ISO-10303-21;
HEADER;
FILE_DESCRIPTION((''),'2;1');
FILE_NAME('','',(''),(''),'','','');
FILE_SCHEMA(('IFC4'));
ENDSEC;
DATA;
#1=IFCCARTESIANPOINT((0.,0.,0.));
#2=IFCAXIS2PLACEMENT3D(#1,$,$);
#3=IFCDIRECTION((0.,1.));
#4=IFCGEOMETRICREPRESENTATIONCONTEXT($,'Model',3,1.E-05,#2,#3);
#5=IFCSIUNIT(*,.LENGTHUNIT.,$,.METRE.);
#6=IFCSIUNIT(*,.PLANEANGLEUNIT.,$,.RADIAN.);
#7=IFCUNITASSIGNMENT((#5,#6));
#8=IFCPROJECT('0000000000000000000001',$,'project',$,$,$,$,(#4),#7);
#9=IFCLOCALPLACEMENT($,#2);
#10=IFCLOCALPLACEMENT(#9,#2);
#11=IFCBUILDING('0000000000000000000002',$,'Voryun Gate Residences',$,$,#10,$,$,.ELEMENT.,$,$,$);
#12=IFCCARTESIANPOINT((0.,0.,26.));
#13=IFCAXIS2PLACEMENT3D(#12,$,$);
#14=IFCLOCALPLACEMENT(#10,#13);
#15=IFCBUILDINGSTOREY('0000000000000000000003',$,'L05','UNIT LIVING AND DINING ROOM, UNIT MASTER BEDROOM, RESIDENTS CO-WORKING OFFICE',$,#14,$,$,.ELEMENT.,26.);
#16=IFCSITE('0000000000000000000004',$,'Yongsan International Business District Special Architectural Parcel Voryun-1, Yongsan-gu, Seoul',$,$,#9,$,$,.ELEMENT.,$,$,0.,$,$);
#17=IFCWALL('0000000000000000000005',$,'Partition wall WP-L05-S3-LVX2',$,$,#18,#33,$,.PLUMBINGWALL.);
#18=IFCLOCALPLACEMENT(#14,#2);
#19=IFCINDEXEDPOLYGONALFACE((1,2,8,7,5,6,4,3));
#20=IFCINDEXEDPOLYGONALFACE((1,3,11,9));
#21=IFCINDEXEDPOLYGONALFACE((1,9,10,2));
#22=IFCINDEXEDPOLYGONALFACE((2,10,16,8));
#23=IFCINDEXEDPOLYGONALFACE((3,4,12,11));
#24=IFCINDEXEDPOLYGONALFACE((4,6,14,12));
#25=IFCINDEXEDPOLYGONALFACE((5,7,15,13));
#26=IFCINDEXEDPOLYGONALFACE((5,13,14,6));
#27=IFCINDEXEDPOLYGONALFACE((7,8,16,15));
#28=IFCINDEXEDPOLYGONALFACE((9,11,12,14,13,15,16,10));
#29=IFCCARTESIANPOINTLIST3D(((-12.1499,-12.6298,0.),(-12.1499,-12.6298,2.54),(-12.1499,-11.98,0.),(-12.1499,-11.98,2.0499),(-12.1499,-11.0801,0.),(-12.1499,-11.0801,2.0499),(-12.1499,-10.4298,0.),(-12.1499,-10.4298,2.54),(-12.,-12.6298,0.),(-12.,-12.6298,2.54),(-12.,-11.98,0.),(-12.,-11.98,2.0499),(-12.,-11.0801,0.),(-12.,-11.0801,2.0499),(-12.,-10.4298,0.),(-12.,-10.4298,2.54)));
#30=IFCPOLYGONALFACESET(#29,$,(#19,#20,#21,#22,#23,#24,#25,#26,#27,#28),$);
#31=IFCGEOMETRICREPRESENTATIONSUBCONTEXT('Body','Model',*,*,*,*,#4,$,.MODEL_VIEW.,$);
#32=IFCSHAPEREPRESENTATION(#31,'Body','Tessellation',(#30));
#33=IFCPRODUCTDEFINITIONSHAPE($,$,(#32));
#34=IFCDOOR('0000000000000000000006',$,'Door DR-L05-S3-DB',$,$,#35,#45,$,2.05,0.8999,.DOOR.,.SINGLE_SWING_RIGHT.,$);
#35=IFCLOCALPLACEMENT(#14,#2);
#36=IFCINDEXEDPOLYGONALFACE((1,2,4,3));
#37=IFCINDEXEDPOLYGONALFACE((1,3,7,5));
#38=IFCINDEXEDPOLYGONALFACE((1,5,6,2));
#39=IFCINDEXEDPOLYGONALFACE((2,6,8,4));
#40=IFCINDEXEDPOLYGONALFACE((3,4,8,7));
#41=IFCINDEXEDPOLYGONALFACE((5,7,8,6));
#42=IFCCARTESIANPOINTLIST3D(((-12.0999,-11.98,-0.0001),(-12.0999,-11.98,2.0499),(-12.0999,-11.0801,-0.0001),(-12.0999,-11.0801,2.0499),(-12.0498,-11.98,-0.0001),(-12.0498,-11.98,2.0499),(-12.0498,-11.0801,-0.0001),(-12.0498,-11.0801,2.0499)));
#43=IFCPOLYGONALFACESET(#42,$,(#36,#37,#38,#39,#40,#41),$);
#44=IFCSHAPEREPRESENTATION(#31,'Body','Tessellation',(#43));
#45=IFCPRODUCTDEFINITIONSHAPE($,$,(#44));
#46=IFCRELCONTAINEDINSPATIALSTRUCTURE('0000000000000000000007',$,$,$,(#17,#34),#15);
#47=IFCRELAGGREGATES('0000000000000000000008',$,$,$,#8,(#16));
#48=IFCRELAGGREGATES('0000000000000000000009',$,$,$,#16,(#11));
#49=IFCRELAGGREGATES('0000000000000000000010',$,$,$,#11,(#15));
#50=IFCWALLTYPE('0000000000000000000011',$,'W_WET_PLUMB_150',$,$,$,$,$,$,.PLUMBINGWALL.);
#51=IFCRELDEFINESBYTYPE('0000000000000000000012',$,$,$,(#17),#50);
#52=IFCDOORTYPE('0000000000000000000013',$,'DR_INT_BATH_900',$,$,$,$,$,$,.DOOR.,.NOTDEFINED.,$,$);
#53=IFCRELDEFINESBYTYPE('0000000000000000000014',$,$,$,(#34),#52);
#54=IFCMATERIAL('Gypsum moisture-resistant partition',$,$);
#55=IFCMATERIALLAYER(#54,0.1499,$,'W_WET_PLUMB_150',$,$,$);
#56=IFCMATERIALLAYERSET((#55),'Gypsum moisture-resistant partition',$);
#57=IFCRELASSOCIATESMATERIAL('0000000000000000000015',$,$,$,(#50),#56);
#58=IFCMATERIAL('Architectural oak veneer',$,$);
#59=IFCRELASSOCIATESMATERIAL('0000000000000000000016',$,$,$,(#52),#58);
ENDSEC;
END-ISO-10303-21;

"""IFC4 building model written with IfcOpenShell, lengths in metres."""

from ifc_helpers import new_model, si_unit, direction, frame, frame_2d, origin, place, context, subcontext, project, spatial, rectangle, extrude, material, layer, layer_set, type_object, element, fill, save


model = new_model("IFC4")

# Units and contexts
model_context = context("Model", 3, precision=1e-05, world=origin(), true_north=direction((0.0, 1.0)))
body_context = subcontext(model_context, "Body", "Model", "MODEL_VIEW")
ifc_project = project(units=[si_unit("LENGTHUNIT", "METRE"), si_unit("PLANEANGLEUNIT", "RADIAN")], contexts=[model_context])

# Site, building, storey
site_placement = place(None, origin())
site = spatial("IfcSite", under=ifc_project, at=site_placement, Name="Yongsan International Business District Special Architectural Parcel Voryun-1, Yongsan-gu, Seoul", CompositionType="ELEMENT", RefElevation=0.0)
building_placement = place(site_placement, origin())
building = spatial("IfcBuilding", under=site, at=building_placement, Name="Voryun Gate Residences", CompositionType="ELEMENT")
storey_placement = place(building_placement, frame((0.0, 0.0, 26.0)))
storey = spatial("IfcBuildingStorey", under=building, at=storey_placement, Name="L05", Description="UNIT LIVING AND DINING ROOM, UNIT MASTER BEDROOM, RESIDENTS CO-WORKING OFFICE", CompositionType="ELEMENT", Elevation=26.0)

# Shared definitions
ifc_material_1 = material(Name="Gypsum moisture-resistant partition")
ifc_layer_1 = layer(ifc_material_1, 0.1499, Name="W_WET_PLUMB_150")
ifc_layer_set_1 = layer_set([ifc_layer_1], Name="Gypsum moisture-resistant partition")
wall_type_1 = type_object("IfcWallType", Name="W_WET_PLUMB_150", PredefinedType="PLUMBINGWALL", material=ifc_layer_set_1)

# Wall, opening, door
wall_1_placement = place(storey_placement, frame((-12.075, -12.6299, 0.0), z_axis=(0.0, 0.0, 1.0), x_axis=(0.0, 1.0, 0.0)))
wall_1 = element("IfcWall", 1, at=wall_1_placement, inside=storey, type_object=wall_type_1, Name="Partition wall WP-L05-S3-LVX2", PredefinedType="PLUMBINGWALL", context=body_context, shape_type="SweptSolid", body=[
    extrude(rectangle(XDim=2.2, YDim=0.1499, at=frame_2d((1.1001, 0.0))), origin(), (0.0, 0.0, 1.0), 2.54),
])
opening_1_placement = place(wall_1_placement, frame((0.6499, 0.0, 0.0)))
opening_1 = element("IfcOpeningElement", 2, at=opening_1_placement, cuts=wall_1, PredefinedType="OPENING", context=body_context, shape_type="SweptSolid", body=[
    extrude(rectangle(XDim=0.8999, YDim=2.05, at=frame_2d((0.45, 1.0249))), frame((0.0, 0.085, 0.0), z_axis=(0.0, -1.0, 0.0), x_axis=(1.0, 0.0, 0.0)), (0.0, 0.0, 1.0), 0.1699),
])
ifc_material_2 = material(Name="Architectural oak veneer")
door_type_1 = type_object("IfcDoorType", Name="DR_INT_BATH_900", OperationType="NOTDEFINED", PredefinedType="DOOR", material=ifc_material_2)
door_1_placement = place(opening_1_placement, origin())
door_1 = element("IfcDoor", 3, at=door_1_placement, inside=storey, type_object=door_type_1, Name="Door DR-L05-S3-DB", OperationType="SINGLE_SWING_RIGHT", OverallHeight=2.05, OverallWidth=0.8999, PredefinedType="DOOR", context=body_context, shape_type="SweptSolid", body=[
    extrude(rectangle(XDim=0.8999, YDim=2.05, at=frame_2d((0.45, 1.0249))), frame((0.0, 0.0249, 0.0), z_axis=(0.0, -1.0, 0.0), x_axis=(1.0, 0.0, 0.0)), (0.0, 0.0, 1.0), 0.05),
])
fill(opening_1, door_1)

save(model, "model.ifc")
